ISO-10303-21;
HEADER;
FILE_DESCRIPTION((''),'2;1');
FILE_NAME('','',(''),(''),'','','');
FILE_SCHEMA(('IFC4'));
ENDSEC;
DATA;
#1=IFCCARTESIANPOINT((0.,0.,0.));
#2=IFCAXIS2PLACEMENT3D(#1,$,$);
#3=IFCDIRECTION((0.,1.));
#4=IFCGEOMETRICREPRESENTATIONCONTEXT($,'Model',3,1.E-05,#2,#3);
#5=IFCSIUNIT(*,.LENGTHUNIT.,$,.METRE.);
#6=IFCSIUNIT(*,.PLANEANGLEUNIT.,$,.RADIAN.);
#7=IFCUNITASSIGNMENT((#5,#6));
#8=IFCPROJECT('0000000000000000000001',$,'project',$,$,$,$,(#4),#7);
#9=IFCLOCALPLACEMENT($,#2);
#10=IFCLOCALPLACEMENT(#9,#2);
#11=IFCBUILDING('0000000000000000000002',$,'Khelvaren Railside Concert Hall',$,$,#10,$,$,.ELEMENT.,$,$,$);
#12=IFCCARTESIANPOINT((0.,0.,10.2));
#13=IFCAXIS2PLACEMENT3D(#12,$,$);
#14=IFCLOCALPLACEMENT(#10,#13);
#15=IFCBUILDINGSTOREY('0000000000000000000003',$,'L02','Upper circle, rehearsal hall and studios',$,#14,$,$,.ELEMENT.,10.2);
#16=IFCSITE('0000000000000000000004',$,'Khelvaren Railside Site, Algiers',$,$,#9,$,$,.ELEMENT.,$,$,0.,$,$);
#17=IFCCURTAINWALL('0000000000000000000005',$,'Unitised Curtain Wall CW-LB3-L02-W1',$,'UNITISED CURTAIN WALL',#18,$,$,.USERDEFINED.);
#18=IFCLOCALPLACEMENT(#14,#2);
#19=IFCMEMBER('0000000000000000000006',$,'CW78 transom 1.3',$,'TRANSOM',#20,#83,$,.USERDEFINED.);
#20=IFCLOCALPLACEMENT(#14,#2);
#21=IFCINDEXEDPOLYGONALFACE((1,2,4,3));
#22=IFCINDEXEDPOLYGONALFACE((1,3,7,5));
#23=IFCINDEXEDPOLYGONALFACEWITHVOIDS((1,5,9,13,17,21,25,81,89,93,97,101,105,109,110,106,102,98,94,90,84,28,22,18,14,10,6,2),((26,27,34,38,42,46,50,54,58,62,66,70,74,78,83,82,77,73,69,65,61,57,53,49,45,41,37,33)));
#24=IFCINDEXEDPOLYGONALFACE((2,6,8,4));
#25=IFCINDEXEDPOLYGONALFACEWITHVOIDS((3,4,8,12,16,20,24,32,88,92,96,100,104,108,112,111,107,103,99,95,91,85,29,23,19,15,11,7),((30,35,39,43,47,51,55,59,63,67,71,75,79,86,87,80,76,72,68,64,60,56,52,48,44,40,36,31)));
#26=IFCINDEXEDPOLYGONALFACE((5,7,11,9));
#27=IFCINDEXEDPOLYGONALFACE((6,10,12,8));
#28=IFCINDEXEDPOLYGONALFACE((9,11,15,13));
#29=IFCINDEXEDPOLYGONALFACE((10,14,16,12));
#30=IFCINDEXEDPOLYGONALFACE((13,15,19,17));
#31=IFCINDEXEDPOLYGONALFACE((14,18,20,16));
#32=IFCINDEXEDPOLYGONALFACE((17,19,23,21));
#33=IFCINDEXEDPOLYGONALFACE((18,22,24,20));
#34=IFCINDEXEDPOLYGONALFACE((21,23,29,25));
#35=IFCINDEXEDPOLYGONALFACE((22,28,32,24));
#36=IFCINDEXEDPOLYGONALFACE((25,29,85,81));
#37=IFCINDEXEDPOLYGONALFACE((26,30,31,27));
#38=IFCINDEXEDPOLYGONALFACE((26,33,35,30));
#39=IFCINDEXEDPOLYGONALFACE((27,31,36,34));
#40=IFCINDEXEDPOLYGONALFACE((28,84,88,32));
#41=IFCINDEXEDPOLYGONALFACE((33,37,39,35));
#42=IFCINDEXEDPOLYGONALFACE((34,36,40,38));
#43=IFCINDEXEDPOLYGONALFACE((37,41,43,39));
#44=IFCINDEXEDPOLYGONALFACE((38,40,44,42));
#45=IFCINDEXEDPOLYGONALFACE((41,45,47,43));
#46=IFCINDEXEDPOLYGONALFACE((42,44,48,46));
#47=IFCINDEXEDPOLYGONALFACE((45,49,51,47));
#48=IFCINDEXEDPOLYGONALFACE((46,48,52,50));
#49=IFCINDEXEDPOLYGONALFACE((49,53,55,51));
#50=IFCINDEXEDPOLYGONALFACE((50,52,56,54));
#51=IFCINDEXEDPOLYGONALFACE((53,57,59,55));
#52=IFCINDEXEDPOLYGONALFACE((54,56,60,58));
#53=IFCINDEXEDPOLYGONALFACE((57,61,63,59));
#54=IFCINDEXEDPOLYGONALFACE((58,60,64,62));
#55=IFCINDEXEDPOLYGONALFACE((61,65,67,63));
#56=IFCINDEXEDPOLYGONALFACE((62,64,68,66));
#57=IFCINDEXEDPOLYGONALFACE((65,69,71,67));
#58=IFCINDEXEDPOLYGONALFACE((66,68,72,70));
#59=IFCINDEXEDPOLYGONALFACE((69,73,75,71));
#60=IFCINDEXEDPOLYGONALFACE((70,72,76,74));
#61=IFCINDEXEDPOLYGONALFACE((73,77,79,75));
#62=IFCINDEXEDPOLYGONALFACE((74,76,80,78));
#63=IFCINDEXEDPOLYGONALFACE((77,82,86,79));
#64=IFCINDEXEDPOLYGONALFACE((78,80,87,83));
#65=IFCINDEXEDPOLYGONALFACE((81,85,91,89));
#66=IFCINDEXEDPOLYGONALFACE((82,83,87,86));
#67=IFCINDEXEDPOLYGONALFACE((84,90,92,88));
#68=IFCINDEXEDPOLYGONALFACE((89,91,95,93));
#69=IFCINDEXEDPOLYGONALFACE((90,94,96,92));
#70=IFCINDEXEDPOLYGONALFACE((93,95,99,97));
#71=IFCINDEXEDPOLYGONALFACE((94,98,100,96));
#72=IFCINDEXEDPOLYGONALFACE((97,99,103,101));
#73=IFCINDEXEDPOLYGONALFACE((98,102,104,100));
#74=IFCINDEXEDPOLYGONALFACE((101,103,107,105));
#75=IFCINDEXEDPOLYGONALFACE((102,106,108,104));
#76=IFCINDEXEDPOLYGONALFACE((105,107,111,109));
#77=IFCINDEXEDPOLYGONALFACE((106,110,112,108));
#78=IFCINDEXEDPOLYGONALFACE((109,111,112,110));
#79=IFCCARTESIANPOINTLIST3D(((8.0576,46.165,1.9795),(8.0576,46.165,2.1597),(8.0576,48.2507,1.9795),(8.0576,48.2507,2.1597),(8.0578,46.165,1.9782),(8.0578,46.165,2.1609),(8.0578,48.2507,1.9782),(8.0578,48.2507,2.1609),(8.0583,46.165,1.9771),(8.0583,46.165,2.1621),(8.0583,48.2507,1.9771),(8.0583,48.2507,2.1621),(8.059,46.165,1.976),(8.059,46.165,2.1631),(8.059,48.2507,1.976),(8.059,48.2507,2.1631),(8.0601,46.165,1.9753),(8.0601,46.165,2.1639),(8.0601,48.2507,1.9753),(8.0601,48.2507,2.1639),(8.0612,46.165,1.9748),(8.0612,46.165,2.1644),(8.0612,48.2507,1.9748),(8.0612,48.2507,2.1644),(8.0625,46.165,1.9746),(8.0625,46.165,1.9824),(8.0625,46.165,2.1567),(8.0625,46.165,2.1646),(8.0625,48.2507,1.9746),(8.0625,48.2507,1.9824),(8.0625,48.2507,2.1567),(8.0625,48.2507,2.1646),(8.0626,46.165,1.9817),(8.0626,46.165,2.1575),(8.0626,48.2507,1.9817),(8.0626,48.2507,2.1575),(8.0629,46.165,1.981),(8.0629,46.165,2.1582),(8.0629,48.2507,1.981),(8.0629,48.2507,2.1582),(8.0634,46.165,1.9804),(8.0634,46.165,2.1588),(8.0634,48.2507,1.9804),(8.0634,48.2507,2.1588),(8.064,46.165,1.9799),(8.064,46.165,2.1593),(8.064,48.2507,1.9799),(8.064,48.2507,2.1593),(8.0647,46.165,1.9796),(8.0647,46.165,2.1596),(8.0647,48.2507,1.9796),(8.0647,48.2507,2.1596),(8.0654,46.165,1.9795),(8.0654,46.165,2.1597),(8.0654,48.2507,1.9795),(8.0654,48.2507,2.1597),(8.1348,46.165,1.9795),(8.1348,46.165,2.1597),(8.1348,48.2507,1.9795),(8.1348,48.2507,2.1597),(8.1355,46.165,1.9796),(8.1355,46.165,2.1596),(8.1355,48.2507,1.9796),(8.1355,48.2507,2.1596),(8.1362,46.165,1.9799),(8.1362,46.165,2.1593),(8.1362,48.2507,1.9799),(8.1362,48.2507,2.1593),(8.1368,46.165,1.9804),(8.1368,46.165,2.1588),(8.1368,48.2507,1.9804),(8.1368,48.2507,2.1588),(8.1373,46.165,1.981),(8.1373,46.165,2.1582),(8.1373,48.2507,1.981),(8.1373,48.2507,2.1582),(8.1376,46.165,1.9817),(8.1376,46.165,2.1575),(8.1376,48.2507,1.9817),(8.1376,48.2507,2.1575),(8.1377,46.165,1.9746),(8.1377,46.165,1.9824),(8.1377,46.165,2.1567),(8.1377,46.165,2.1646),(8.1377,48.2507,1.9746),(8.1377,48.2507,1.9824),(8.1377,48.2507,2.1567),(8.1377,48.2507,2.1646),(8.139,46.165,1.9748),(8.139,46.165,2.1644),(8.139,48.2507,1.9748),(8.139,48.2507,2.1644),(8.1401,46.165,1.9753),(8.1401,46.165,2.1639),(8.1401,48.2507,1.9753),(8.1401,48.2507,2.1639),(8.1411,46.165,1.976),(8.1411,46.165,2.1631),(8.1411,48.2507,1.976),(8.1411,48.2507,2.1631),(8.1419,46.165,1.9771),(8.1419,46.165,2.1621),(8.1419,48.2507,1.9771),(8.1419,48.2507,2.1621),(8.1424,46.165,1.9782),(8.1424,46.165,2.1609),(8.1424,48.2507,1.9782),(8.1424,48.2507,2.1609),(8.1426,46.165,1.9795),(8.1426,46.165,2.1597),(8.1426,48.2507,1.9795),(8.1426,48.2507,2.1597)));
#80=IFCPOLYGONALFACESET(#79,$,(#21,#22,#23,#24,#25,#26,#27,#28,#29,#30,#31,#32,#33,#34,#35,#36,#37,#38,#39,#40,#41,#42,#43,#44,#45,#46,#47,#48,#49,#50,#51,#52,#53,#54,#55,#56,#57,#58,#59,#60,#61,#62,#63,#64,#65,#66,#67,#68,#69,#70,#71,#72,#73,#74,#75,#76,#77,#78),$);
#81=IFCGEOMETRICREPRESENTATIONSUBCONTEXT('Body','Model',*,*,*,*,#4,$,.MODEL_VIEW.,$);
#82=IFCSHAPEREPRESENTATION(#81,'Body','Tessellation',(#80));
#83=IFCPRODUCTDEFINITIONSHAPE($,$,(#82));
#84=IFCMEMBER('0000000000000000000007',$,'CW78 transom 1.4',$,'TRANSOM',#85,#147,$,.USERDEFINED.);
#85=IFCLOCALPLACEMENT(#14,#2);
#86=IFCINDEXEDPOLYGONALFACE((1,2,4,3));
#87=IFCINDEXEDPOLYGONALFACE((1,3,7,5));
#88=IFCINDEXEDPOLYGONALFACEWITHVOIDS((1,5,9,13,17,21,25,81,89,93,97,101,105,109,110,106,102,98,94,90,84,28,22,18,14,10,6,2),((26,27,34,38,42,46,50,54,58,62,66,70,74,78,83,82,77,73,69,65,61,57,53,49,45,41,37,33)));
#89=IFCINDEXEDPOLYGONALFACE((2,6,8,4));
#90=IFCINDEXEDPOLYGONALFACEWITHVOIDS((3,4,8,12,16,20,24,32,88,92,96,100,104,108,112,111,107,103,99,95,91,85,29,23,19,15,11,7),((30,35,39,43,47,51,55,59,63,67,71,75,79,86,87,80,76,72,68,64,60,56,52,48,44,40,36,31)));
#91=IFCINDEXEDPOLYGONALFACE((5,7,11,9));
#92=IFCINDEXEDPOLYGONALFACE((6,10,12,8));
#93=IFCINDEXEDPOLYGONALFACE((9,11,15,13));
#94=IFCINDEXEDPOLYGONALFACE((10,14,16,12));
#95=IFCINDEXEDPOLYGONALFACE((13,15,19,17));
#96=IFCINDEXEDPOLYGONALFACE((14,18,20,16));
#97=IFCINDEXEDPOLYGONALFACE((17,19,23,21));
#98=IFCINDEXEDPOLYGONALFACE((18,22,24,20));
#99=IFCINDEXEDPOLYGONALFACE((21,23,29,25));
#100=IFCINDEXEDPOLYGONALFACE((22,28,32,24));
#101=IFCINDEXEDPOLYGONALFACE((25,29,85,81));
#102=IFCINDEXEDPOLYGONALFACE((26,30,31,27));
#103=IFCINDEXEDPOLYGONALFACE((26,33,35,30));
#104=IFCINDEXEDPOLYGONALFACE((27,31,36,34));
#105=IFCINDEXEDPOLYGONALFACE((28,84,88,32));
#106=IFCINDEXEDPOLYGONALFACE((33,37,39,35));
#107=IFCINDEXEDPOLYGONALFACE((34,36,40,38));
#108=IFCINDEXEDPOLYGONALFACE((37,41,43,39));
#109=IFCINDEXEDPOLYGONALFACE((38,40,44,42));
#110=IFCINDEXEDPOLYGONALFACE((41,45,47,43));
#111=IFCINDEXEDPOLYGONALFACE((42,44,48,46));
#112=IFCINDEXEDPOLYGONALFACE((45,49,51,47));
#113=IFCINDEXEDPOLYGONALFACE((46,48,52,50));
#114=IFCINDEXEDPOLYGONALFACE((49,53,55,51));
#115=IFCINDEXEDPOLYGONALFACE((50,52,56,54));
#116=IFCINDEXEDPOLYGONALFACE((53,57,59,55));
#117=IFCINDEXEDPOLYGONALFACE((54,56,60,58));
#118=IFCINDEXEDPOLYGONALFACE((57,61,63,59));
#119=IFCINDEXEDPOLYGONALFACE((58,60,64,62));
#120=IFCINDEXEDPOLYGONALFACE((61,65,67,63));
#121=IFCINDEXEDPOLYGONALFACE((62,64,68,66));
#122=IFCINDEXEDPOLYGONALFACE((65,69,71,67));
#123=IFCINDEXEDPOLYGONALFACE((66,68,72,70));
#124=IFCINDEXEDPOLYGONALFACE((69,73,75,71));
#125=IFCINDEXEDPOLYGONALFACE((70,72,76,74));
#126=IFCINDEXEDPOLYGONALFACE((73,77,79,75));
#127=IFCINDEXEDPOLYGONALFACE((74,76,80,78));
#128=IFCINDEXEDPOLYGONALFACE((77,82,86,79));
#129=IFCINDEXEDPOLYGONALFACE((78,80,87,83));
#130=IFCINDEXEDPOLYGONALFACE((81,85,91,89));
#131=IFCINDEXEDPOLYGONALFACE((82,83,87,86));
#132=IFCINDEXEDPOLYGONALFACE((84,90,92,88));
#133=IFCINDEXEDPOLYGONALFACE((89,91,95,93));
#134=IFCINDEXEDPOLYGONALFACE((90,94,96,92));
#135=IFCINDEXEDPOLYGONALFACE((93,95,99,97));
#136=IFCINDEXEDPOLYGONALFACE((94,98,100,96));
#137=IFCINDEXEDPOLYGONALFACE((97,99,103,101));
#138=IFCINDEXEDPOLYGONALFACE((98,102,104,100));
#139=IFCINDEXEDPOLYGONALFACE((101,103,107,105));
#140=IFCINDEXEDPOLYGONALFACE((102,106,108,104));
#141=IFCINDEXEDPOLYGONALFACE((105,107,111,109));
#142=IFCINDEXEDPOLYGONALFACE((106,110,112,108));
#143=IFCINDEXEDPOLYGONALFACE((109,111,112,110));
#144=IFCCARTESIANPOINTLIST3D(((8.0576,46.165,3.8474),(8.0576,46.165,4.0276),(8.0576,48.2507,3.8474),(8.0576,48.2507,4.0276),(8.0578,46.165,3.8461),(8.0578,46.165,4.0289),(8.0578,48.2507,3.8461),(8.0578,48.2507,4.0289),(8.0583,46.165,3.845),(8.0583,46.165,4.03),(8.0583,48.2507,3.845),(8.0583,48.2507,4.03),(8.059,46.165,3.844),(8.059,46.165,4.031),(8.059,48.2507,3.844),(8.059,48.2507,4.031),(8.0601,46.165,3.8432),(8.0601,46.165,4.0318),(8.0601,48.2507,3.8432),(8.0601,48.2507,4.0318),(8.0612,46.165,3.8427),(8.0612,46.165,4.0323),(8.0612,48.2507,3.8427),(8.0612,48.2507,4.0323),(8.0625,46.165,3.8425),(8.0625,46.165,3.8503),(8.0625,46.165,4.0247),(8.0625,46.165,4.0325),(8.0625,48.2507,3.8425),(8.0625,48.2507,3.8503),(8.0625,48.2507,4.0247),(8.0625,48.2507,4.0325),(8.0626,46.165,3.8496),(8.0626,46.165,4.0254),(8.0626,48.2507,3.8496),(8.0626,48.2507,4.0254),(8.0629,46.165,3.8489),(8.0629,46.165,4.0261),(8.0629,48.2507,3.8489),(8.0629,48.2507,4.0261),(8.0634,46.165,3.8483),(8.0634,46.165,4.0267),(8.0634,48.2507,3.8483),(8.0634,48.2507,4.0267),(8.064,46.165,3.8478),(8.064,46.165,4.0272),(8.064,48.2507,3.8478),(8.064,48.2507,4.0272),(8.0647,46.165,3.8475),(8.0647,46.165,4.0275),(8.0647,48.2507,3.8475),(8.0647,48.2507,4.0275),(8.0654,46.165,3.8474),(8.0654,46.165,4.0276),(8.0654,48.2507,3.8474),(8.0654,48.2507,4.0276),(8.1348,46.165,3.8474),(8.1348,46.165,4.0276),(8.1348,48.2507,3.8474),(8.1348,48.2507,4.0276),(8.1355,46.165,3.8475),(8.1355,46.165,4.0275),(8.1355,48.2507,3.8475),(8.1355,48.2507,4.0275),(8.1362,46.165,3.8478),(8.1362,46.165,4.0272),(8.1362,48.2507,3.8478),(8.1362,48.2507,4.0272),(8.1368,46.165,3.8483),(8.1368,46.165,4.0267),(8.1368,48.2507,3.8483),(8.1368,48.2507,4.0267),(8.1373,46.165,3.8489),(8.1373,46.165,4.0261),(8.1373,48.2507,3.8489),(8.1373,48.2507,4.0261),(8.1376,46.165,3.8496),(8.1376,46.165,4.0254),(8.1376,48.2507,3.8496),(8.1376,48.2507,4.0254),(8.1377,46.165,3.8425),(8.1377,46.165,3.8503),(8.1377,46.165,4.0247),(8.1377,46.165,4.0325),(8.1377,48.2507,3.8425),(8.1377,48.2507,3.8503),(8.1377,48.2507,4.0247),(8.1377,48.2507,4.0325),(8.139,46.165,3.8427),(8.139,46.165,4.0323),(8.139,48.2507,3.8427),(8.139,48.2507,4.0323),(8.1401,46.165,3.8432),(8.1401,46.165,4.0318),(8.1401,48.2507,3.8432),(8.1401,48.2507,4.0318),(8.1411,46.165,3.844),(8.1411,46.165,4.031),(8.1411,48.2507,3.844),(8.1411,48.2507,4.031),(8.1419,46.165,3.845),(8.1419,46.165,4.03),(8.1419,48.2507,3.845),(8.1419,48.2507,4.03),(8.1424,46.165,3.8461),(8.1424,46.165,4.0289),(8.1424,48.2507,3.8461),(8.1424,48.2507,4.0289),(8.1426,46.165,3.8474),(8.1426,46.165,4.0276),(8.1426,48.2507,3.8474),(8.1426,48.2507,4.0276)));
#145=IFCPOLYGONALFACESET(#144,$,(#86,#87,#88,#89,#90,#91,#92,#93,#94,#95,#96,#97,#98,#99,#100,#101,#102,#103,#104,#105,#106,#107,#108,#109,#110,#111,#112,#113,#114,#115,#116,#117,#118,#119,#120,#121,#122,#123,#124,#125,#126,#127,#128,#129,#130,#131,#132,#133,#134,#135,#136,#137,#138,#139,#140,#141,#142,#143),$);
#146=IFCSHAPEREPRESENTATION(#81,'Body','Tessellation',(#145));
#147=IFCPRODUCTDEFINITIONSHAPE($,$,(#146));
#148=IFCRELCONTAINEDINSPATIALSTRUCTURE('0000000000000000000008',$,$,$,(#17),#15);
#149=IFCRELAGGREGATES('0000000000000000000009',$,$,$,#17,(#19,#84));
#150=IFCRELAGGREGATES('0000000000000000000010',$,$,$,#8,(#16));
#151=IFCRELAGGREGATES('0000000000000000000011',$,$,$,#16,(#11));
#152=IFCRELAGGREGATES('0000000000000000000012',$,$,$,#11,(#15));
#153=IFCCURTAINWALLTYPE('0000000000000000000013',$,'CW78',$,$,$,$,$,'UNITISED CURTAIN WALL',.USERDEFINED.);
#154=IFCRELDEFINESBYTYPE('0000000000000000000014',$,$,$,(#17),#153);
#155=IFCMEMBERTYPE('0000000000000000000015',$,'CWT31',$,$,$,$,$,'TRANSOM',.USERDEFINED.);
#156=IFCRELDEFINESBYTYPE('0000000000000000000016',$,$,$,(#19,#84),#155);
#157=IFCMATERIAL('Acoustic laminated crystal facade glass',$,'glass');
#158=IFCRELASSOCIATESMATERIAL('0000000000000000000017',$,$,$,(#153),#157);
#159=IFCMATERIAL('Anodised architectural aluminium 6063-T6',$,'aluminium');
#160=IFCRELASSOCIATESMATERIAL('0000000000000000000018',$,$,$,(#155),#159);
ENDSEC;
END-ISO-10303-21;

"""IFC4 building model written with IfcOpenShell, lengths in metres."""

from ifc_helpers import new_model, si_unit, direction, frame, origin, origin_2d, place, context, subcontext, project, spatial, hollow_rectangle, extrude, material, material_profile, profile_set, type_object, element, aggregate, save


model = new_model("IFC4")

# Units and contexts
model_context = context("Model", 3, precision=1e-05, world=origin(), true_north=direction((0.0, 1.0)))
body_context = subcontext(model_context, "Body", "Model", "MODEL_VIEW")
ifc_project = project(units=[si_unit("LENGTHUNIT", "METRE"), si_unit("PLANEANGLEUNIT", "RADIAN")], contexts=[model_context])

# Site, building, storey
site_placement = place(None, origin())
site = spatial("IfcSite", under=ifc_project, at=site_placement, Name="Khelvaren Railside Site, Algiers", CompositionType="ELEMENT", RefElevation=0.0)
building_placement = place(site_placement, origin())
building = spatial("IfcBuilding", under=site, at=building_placement, Name="Khelvaren Railside Concert Hall", CompositionType="ELEMENT")
storey_placement = place(building_placement, frame((0.0, 0.0, 10.2)))
storey = spatial("IfcBuildingStorey", under=building, at=storey_placement, Name="L02", Description="Upper circle, rehearsal hall and studios", CompositionType="ELEMENT", Elevation=10.2)

# Curtain wall, members
ifc_material_1 = material(Name="Acoustic laminated crystal facade glass", Category="glass")
curtain_wall_type = type_object("IfcCurtainWallType", Name="CW78", ElementType="UNITISED CURTAIN WALL", PredefinedType="USERDEFINED", material=ifc_material_1)
curtain_wall_placement = place(storey_placement, origin())
curtain_wall = element("IfcCurtainWall", 1, at=curtain_wall_placement, inside=storey, type_object=curtain_wall_type, Name="Unitised Curtain Wall CW-LB3-L02-W1", ObjectType="UNITISED CURTAIN WALL", PredefinedType="USERDEFINED")
ifc_material_2 = material(Name="Anodised architectural aluminium 6063-T6", Category="aluminium")
ifc_material_profile_1 = material_profile(ifc_material_2, hollow_rectangle(XDim=0.085, YDim=0.1899, WallThickness=0.0049, InnerFilletRadius=0.0029, OuterFilletRadius=0.0049, at=origin_2d()), Name="CWT 85x190x5")
ifc_profile_set_1 = profile_set([ifc_material_profile_1], Name="Anodised architectural aluminium 6063-T6")
member_type_1 = type_object("IfcMemberType", Name="CWT31", ElementType="TRANSOM", PredefinedType="USERDEFINED", material=ifc_profile_set_1)
member_1_placement = place(storey_placement, frame((8.1001, 46.165, 2.0696), z_axis=(0.0, 1.0, 0.0), x_axis=(-1.0, 0.0, 0.0)))
member_1 = element("IfcMember", 2, at=member_1_placement, type_object=member_type_1, Name="CW78 transom 1.3", ObjectType="TRANSOM", PredefinedType="USERDEFINED", context=body_context, shape_type="SweptSolid", body=[
    extrude(hollow_rectangle(XDim=0.085, YDim=0.1899, WallThickness=0.0049, InnerFilletRadius=0.0029, OuterFilletRadius=0.0049, at=origin_2d()), origin(), (0.0, 0.0, 1.0), 2.0857),
])
member_2_placement = place(storey_placement, frame((8.1001, 46.165, 3.9375), z_axis=(0.0, 1.0, 0.0), x_axis=(-1.0, 0.0, 0.0)))
member_2 = element("IfcMember", 3, at=member_2_placement, type_object=member_type_1, Name="CW78 transom 1.4", ObjectType="TRANSOM", PredefinedType="USERDEFINED", context=body_context, shape_type="SweptSolid", body=[
    extrude(hollow_rectangle(XDim=0.085, YDim=0.1899, WallThickness=0.0049, InnerFilletRadius=0.0029, OuterFilletRadius=0.0049, at=origin_2d()), origin(), (0.0, 0.0, 1.0), 2.0857),
])

aggregate(curtain_wall, [member_1, member_2])

save(model, "model.ifc")
